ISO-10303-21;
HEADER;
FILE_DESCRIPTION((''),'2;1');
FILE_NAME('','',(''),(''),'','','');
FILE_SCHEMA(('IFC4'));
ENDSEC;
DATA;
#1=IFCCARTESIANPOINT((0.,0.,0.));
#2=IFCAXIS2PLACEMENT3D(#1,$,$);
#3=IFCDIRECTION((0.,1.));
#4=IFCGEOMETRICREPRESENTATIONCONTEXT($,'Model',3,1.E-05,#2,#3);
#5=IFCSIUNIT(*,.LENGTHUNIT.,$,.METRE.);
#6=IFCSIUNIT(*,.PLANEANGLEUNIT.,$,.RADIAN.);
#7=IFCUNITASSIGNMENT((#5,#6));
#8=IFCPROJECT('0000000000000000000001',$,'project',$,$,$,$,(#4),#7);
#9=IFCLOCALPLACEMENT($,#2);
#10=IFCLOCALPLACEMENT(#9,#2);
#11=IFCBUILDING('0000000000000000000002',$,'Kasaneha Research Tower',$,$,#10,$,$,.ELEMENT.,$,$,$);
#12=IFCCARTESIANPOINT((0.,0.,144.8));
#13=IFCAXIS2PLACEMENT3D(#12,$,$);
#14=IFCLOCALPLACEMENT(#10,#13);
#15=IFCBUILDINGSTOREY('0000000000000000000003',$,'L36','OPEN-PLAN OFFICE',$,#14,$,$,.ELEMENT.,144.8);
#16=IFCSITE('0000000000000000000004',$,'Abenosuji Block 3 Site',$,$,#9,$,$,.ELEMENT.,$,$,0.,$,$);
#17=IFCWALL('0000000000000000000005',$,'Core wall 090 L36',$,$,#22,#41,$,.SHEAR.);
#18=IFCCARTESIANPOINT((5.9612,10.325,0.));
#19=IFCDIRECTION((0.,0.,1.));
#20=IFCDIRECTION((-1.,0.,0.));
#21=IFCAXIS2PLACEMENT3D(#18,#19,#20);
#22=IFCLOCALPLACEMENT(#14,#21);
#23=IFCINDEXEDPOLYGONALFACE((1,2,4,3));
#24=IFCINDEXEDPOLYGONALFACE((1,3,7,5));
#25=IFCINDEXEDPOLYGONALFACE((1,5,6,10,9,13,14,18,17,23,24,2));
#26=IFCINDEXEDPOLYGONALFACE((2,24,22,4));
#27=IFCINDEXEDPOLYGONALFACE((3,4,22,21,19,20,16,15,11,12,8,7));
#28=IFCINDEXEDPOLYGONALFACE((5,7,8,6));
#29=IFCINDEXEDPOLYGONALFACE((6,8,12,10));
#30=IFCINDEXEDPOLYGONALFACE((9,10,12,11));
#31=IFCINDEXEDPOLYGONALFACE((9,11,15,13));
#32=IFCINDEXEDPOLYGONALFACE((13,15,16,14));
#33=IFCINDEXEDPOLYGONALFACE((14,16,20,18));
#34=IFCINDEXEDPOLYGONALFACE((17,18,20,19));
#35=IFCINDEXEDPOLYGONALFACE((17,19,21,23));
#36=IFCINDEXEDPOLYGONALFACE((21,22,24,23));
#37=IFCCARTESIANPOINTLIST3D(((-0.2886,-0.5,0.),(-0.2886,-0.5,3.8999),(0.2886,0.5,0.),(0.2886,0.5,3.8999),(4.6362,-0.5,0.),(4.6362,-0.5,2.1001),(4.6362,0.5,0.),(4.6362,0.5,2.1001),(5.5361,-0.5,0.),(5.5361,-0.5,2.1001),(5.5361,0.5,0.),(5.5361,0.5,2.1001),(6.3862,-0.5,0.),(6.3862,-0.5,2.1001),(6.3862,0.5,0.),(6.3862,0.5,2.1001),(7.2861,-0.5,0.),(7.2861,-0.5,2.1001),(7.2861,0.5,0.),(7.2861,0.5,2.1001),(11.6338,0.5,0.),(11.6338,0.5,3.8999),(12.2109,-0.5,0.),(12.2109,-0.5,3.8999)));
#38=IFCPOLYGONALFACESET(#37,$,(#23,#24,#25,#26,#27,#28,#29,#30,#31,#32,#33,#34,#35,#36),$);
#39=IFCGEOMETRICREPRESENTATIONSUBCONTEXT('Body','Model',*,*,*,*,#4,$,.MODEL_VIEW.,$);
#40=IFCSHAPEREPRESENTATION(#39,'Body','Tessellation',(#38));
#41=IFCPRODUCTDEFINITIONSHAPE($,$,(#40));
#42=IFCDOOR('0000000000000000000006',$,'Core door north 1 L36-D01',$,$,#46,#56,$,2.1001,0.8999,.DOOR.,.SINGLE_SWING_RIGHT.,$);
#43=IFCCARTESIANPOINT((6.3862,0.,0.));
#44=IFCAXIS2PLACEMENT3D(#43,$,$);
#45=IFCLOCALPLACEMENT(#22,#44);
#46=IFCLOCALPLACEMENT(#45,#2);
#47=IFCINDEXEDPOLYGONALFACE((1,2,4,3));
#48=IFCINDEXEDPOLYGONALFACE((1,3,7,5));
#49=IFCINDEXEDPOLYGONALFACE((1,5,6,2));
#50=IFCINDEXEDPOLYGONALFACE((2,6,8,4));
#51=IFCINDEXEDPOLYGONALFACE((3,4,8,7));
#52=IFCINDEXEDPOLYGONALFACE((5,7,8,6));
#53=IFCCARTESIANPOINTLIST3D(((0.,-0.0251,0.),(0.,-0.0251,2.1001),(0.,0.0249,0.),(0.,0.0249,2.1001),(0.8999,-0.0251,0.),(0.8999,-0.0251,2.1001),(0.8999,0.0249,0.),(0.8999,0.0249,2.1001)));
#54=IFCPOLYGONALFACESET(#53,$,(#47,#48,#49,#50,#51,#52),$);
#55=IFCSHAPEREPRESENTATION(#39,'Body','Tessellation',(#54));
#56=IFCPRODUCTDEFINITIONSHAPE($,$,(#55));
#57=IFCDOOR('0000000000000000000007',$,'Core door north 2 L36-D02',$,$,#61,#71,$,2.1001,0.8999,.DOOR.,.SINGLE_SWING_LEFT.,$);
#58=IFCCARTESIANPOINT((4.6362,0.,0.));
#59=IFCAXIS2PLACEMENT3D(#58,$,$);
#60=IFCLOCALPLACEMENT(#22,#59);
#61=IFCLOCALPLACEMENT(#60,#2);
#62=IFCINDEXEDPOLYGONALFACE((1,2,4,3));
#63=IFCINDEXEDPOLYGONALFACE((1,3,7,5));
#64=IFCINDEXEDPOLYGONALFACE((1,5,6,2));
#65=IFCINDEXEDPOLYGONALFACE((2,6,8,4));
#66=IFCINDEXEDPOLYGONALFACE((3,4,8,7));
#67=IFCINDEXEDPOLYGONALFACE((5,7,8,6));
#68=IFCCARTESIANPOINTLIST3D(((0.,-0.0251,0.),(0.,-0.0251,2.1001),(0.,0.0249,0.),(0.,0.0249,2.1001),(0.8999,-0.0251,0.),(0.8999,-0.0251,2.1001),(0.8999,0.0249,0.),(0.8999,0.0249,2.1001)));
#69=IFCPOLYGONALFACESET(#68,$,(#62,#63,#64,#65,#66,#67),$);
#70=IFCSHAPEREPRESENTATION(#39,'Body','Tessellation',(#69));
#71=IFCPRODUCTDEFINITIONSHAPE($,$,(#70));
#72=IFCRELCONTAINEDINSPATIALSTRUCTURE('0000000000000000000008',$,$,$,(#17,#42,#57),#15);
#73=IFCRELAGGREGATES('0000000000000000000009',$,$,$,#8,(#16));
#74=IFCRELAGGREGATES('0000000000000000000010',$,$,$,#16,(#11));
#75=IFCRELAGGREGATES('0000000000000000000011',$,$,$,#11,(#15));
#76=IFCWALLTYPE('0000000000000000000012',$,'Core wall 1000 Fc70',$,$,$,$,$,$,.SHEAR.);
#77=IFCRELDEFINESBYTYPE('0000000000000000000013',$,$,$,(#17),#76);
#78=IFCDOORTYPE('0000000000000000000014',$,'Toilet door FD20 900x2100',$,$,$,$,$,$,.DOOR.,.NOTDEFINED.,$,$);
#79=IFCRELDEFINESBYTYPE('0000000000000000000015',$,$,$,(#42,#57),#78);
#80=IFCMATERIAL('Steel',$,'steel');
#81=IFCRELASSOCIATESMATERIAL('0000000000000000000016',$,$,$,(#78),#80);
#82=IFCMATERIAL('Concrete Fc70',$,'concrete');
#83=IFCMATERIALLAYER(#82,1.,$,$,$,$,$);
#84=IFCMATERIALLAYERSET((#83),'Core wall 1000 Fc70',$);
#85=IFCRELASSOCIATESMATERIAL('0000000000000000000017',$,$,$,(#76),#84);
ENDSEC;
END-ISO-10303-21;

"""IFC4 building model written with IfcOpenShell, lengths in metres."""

from ifc_helpers import new_model, si_unit, direction, frame, frame_2d, origin, place, context, subcontext, project, spatial, polyline, rectangle, outline, extrude, material, layer, layer_set, type_object, element, fill, save


model = new_model("IFC4")

# Units and contexts
model_context = context("Model", 3, precision=1e-05, world=origin(), true_north=direction((0.0, 1.0)))
body_context = subcontext(model_context, "Body", "Model", "MODEL_VIEW")
ifc_project = project(units=[si_unit("LENGTHUNIT", "METRE"), si_unit("PLANEANGLEUNIT", "RADIAN")], contexts=[model_context])

# Site, building, storey
site_placement = place(None, origin())
site = spatial("IfcSite", under=ifc_project, at=site_placement, Name="Abenosuji Block 3 Site", CompositionType="ELEMENT", RefElevation=0.0)
building_placement = place(site_placement, origin())
building = spatial("IfcBuilding", under=site, at=building_placement, Name="Kasaneha Research Tower", CompositionType="ELEMENT")
storey_placement = place(building_placement, frame((0.0, 0.0, 144.8)))
storey = spatial("IfcBuildingStorey", under=building, at=storey_placement, Name="L36", Description="OPEN-PLAN OFFICE", CompositionType="ELEMENT", Elevation=144.8)

# Shared definitions
ifc_material_1 = material(Name="Steel", Category="steel")
door_type_1 = type_object("IfcDoorType", Name="Toilet door FD20 900x2100", OperationType="NOTDEFINED", PredefinedType="DOOR", material=ifc_material_1)

# Wall, openings, doors
ifc_material_2 = material(Name="Concrete Fc70", Category="concrete")
ifc_layer_1 = layer(ifc_material_2, 1.0)
ifc_layer_set_1 = layer_set([ifc_layer_1], Name="Core wall 1000 Fc70")
wall_type_1 = type_object("IfcWallType", Name="Core wall 1000 Fc70", PredefinedType="SHEAR", material=ifc_layer_set_1)
wall_1_placement = place(storey_placement, frame((5.9612, 10.325, 0.0), z_axis=(0.0, 0.0, 1.0), x_axis=(-1.0, 0.0, 0.0)))
wall_1 = element("IfcWall", 1, at=wall_1_placement, inside=storey, type_object=wall_type_1, Name="Core wall 090 L36", PredefinedType="SHEAR", context=body_context, shape_type="SweptSolid", body=[
    extrude(outline(polyline([(-0.2886, -0.5), (4.6362, -0.5), (5.5361, -0.5), (6.3862, -0.5), (7.2861, -0.5), (12.2109, -0.5), (11.6338, 0.5), (7.2861, 0.5), (6.3862, 0.5), (5.5361, 0.5), (4.6362, 0.5), (0.2886, 0.5), (-0.2886, -0.5)])), origin(), (0.0, 0.0, 1.0), 3.8999),
])
opening_1_placement = place(wall_1_placement, frame((6.3862, 0.0, 0.0)))
opening_1 = element("IfcOpeningElement", 2, at=opening_1_placement, cuts=wall_1, PredefinedType="OPENING", context=body_context, shape_type="SweptSolid", body=[
    extrude(rectangle(XDim=0.8999, YDim=2.1001, at=frame_2d((0.45, 1.05))), frame((0.0, 0.51, 0.0), z_axis=(0.0, -1.0, 0.0), x_axis=(1.0, 0.0, 0.0)), (0.0, 0.0, 1.0), 1.02),
])
opening_2_placement = place(wall_1_placement, frame((4.6362, 0.0, 0.0)))
opening_2 = element("IfcOpeningElement", 3, at=opening_2_placement, cuts=wall_1, PredefinedType="OPENING", context=body_context, shape_type="SweptSolid", body=[
    extrude(rectangle(XDim=0.8999, YDim=2.1001, at=frame_2d((0.45, 1.05))), frame((0.0, 0.51, 0.0), z_axis=(0.0, -1.0, 0.0), x_axis=(1.0, 0.0, 0.0)), (0.0, 0.0, 1.0), 1.02),
])
door_1_placement = place(opening_1_placement, origin())
door_1 = element("IfcDoor", 4, at=door_1_placement, inside=storey, type_object=door_type_1, Name="Core door north 1 L36-D01", OperationType="SINGLE_SWING_RIGHT", OverallHeight=2.1001, OverallWidth=0.8999, PredefinedType="DOOR", context=body_context, shape_type="SweptSolid", body=[
    extrude(rectangle(XDim=0.8999, YDim=2.1001, at=frame_2d((0.45, 1.05))), frame((0.0, 0.0249, 0.0), z_axis=(0.0, -1.0, 0.0), x_axis=(1.0, 0.0, 0.0)), (0.0, 0.0, 1.0), 0.05),
])
fill(opening_1, door_1)
door_2_placement = place(opening_2_placement, origin())
door_2 = element("IfcDoor", 5, at=door_2_placement, inside=storey, type_object=door_type_1, Name="Core door north 2 L36-D02", OperationType="SINGLE_SWING_LEFT", OverallHeight=2.1001, OverallWidth=0.8999, PredefinedType="DOOR", context=body_context, shape_type="SweptSolid", body=[
    extrude(rectangle(XDim=0.8999, YDim=2.1001, at=frame_2d((0.45, 1.05))), frame((0.0, 0.0249, 0.0), z_axis=(0.0, -1.0, 0.0), x_axis=(1.0, 0.0, 0.0)), (0.0, 0.0, 1.0), 0.05),
])
fill(opening_2, door_2)

save(model, "model.ifc")
